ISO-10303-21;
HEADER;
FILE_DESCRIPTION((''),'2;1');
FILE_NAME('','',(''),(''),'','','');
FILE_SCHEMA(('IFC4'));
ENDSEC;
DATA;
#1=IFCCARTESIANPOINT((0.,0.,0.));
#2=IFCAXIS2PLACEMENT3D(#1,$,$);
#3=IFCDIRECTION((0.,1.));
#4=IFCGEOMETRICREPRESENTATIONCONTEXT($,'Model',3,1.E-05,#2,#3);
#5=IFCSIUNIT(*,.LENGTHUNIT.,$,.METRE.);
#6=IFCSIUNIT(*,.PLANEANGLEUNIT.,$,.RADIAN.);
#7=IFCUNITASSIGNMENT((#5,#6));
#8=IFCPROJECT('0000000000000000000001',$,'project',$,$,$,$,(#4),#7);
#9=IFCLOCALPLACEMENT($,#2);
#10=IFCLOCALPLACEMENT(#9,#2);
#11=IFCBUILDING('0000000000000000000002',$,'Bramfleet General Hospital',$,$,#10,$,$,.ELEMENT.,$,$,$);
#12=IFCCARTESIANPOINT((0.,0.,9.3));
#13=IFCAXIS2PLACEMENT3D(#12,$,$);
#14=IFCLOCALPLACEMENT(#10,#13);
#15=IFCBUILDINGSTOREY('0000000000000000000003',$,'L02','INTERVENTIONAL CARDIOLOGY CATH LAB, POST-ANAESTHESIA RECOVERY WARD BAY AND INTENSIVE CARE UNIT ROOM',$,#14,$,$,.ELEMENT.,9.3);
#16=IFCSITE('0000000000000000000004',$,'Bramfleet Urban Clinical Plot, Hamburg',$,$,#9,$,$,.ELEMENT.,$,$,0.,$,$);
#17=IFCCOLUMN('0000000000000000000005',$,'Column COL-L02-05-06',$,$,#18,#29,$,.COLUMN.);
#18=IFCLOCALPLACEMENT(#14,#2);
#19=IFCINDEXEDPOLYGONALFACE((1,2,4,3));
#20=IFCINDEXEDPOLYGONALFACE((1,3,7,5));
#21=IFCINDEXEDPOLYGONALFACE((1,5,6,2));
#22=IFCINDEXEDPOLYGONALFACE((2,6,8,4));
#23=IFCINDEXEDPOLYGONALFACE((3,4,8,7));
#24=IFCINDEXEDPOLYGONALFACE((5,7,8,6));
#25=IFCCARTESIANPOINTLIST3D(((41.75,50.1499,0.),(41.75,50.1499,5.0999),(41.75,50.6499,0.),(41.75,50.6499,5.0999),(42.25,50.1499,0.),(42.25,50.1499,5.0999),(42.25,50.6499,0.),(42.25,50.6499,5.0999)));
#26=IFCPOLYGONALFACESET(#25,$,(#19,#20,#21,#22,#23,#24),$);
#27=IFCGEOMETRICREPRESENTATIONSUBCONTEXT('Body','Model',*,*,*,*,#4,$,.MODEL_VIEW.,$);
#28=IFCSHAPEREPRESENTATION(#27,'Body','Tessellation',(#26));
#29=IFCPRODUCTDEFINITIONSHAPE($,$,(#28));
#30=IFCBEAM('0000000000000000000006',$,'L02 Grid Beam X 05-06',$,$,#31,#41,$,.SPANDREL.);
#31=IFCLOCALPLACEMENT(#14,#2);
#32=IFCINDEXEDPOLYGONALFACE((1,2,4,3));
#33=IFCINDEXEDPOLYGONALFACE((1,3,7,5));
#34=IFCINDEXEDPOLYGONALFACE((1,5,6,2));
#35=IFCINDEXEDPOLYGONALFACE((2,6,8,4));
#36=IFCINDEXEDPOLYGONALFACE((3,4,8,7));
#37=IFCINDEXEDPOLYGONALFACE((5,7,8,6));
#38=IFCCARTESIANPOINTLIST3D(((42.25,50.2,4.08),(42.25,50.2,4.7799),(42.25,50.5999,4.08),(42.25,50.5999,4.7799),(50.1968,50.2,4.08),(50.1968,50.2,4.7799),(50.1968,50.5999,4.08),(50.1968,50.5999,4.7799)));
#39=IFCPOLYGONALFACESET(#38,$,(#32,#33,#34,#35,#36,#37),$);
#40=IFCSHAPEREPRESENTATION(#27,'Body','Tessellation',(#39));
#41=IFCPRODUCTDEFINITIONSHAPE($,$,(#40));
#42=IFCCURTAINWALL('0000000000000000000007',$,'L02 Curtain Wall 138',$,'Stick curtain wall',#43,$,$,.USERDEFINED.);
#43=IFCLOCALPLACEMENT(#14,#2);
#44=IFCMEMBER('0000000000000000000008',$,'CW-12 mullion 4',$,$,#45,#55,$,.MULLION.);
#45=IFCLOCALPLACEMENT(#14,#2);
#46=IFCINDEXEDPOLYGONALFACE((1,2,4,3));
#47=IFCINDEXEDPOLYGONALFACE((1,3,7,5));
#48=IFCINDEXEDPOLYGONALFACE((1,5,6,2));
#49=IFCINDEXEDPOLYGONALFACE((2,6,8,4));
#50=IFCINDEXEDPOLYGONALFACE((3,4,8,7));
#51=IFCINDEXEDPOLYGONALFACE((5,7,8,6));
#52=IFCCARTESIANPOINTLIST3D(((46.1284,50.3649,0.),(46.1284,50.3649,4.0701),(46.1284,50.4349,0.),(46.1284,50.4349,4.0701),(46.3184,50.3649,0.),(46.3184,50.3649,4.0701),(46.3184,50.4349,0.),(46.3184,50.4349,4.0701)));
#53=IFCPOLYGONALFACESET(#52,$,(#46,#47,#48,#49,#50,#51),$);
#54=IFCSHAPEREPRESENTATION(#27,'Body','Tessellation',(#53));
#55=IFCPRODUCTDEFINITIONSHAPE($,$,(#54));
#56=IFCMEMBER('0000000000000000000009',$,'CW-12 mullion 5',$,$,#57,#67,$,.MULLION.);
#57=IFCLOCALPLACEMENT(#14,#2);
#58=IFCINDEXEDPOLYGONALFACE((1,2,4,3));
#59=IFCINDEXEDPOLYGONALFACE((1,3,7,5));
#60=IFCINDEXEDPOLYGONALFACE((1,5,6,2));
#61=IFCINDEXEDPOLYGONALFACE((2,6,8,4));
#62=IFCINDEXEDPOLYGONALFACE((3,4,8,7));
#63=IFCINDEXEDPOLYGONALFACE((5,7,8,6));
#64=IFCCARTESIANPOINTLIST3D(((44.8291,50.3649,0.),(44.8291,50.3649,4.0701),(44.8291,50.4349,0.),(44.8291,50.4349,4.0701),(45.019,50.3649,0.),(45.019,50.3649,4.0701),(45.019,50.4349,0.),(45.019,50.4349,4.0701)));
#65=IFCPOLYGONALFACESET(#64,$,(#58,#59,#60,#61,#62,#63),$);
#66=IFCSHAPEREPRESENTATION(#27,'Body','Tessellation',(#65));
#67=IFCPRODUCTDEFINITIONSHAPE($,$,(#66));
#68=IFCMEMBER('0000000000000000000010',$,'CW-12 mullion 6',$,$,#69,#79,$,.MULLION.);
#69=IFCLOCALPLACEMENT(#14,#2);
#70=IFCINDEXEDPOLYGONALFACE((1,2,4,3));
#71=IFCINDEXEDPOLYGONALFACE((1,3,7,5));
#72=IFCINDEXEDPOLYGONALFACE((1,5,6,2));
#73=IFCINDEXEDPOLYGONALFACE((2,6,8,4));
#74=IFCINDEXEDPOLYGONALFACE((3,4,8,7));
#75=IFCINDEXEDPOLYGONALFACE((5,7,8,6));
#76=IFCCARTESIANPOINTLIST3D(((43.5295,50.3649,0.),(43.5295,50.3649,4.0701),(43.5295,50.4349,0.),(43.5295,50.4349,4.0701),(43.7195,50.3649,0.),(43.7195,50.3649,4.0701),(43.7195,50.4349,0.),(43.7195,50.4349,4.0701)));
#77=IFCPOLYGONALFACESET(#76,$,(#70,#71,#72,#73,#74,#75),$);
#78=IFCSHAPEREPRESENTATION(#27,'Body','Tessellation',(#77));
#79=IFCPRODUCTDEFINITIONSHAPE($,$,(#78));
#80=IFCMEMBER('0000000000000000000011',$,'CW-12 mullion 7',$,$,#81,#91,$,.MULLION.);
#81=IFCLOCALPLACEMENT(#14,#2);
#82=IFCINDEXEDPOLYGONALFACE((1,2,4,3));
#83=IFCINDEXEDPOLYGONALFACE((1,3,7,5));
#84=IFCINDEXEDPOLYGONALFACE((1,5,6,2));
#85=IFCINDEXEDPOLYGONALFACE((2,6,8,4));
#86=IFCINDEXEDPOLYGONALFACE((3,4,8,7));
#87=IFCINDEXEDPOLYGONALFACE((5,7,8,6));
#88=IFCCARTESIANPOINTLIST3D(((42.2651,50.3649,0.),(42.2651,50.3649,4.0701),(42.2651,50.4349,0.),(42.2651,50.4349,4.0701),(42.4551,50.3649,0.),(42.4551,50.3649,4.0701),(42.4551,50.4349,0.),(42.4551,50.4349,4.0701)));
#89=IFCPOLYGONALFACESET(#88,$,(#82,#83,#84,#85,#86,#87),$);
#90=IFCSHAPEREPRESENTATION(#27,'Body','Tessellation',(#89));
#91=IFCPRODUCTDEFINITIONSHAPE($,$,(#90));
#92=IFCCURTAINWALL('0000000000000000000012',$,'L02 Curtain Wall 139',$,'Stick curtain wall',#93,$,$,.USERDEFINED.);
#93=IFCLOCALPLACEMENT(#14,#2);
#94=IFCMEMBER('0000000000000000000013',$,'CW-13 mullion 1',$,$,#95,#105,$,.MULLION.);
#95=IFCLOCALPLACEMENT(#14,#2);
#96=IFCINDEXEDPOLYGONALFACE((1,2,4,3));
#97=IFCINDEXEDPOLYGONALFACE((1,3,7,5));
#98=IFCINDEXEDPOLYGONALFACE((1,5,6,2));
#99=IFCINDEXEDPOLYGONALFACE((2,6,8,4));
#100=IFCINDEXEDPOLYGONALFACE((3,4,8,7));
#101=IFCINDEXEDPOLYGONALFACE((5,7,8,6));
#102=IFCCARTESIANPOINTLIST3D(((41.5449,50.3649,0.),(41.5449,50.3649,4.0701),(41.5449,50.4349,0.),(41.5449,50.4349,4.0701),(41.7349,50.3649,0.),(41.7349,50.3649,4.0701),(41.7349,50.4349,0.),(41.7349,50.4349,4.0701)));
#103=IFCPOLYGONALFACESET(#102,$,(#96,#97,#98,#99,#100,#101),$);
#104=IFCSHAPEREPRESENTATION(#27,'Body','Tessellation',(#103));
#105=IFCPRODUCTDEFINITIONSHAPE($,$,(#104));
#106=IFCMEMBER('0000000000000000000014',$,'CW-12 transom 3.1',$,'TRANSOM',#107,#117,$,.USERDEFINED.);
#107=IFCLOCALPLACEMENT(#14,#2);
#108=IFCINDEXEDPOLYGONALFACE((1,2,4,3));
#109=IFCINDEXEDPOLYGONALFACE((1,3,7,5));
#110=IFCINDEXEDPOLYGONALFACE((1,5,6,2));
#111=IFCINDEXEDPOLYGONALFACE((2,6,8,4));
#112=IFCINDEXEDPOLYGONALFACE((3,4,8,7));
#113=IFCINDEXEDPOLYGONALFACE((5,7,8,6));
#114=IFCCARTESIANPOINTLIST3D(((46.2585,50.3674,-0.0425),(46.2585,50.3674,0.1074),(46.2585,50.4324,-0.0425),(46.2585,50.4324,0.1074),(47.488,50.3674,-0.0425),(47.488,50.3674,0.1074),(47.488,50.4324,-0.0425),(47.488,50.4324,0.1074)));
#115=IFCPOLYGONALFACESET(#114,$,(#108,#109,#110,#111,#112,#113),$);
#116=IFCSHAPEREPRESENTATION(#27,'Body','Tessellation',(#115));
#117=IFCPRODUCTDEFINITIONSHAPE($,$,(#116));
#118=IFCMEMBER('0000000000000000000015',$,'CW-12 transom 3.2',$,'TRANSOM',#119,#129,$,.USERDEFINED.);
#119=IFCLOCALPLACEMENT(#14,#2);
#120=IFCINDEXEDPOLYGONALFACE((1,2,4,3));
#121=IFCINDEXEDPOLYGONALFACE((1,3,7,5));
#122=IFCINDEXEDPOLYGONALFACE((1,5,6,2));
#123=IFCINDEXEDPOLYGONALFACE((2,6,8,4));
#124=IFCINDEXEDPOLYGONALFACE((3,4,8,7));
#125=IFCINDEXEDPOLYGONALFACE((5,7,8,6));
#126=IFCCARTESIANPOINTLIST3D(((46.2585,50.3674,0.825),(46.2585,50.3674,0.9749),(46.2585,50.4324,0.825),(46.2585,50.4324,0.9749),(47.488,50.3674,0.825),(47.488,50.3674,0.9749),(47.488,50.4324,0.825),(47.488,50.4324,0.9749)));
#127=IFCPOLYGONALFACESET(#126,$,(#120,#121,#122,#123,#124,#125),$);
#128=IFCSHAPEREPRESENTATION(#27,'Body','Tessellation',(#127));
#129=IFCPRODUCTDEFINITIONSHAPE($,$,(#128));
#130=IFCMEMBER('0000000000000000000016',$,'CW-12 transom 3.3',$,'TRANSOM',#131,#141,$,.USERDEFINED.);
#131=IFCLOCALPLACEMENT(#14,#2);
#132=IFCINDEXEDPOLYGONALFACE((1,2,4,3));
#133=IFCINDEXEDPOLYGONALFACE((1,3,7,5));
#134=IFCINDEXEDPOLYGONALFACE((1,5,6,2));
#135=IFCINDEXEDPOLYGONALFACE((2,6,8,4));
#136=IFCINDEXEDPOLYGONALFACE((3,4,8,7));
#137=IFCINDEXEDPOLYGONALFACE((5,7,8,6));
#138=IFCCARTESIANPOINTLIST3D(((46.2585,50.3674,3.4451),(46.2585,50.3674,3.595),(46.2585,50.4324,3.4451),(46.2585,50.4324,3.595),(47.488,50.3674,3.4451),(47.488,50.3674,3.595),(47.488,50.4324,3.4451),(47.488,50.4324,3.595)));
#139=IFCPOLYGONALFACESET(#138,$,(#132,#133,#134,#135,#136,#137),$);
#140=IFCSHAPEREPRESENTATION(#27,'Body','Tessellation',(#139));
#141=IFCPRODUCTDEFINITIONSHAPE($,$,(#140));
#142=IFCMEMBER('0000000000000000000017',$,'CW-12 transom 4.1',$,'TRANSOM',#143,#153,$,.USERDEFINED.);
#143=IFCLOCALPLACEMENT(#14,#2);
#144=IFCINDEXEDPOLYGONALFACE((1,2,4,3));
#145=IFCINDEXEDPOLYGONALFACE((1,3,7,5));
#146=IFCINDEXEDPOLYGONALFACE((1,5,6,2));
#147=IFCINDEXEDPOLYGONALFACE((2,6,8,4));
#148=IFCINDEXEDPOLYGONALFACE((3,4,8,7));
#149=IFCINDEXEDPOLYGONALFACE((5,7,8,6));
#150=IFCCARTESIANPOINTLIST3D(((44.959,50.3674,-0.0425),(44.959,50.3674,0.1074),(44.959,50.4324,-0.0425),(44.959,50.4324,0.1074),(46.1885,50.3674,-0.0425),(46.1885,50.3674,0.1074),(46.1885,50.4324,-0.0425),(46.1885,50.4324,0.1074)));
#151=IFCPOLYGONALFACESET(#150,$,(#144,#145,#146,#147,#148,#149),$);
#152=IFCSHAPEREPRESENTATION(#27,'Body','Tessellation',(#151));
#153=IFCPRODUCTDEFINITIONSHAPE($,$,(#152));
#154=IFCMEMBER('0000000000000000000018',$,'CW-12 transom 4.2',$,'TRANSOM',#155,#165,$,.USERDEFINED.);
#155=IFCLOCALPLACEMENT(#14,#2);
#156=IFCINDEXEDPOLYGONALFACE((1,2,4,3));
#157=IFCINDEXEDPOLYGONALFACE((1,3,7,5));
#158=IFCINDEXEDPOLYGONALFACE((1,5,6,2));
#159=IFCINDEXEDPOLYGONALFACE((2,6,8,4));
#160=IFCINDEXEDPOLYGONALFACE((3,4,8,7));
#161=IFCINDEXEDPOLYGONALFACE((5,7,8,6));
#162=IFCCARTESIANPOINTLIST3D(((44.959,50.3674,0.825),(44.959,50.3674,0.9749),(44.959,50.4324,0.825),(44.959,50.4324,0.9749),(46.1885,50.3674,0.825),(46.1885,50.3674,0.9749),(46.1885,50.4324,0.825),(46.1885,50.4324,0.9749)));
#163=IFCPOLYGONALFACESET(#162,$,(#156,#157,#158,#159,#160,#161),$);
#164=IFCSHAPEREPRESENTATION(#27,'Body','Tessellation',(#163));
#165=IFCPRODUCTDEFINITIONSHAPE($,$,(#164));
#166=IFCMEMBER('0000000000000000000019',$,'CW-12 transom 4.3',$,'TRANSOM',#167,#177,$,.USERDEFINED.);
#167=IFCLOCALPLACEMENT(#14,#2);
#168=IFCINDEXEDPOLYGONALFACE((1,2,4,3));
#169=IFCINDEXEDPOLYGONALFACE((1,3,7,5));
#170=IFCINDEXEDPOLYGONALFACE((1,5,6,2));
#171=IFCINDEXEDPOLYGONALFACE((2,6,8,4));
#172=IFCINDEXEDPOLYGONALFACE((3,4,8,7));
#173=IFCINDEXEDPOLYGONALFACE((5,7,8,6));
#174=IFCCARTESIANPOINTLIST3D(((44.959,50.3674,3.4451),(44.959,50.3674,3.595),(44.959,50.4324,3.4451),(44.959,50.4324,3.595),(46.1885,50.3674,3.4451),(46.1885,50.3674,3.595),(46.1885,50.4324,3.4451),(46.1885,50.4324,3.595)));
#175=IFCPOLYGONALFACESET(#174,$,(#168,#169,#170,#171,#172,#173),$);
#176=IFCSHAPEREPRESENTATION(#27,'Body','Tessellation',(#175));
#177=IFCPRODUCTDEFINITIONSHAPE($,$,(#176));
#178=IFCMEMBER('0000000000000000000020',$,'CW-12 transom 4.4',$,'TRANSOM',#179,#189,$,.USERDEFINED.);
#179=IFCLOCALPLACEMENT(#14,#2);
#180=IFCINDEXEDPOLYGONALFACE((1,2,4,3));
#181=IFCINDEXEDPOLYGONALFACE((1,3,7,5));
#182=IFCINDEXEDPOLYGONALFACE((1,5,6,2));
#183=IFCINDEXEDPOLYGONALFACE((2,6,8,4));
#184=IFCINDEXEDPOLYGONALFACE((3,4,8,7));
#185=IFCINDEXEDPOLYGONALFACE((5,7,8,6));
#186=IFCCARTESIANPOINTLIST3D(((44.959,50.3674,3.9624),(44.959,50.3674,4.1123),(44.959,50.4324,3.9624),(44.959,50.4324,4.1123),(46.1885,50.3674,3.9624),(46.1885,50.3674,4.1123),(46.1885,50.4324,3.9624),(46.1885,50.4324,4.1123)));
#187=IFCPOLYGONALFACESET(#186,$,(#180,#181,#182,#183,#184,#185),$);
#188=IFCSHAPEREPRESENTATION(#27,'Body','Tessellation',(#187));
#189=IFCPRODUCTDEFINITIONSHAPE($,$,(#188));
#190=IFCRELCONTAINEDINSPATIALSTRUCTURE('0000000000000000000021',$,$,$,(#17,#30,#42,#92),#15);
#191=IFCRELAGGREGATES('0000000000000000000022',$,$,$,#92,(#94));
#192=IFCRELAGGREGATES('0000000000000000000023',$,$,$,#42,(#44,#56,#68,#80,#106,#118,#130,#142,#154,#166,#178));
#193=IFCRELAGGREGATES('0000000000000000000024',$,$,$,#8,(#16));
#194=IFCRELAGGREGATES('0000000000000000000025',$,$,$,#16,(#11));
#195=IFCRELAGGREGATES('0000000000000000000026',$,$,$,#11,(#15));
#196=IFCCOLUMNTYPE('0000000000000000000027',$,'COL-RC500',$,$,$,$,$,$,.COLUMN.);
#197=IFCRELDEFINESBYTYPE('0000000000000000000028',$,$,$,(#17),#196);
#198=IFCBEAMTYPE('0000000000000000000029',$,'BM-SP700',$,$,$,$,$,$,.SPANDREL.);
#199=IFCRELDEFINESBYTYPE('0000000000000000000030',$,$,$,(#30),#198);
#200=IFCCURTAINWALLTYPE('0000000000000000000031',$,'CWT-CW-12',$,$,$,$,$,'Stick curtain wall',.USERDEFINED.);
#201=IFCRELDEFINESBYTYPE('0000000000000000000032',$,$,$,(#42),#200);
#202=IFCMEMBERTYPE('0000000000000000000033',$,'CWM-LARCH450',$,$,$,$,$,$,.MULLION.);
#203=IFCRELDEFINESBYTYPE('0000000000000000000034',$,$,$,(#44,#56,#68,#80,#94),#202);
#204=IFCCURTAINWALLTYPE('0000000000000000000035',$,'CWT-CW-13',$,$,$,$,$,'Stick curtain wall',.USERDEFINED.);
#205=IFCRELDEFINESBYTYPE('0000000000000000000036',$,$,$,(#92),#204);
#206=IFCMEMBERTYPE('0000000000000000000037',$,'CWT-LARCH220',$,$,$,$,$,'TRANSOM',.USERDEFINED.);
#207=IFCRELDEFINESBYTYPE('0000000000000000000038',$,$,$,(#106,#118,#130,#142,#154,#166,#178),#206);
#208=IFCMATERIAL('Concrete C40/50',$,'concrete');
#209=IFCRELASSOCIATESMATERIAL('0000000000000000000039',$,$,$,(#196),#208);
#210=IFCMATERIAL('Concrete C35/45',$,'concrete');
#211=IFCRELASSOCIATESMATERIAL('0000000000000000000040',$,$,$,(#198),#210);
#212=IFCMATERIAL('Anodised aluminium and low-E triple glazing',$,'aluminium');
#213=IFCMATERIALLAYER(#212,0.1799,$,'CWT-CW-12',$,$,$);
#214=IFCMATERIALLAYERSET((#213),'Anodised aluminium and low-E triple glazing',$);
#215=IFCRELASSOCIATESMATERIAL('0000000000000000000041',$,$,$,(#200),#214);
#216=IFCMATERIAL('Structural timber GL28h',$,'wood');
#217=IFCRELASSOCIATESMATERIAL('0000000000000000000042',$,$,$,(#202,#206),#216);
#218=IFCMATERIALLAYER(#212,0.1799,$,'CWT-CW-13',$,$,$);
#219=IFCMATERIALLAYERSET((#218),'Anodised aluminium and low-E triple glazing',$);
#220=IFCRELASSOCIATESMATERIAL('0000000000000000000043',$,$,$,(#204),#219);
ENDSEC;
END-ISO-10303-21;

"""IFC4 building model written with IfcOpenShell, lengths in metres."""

from ifc_helpers import new_model, si_unit, direction, frame, origin, origin_2d, place, context, subcontext, project, spatial, rectangle, extrude, material, layer, layer_set, material_profile, profile_set, type_object, element, aggregate, save


model = new_model("IFC4")

# Units and contexts
model_context = context("Model", 3, precision=1e-05, world=origin(), true_north=direction((0.0, 1.0)))
body_context = subcontext(model_context, "Body", "Model", "MODEL_VIEW")
ifc_project = project(units=[si_unit("LENGTHUNIT", "METRE"), si_unit("PLANEANGLEUNIT", "RADIAN")], contexts=[model_context])

# Site, building, storey
site_placement = place(None, origin())
site = spatial("IfcSite", under=ifc_project, at=site_placement, Name="Bramfleet Urban Clinical Plot, Hamburg", CompositionType="ELEMENT", RefElevation=0.0)
building_placement = place(site_placement, origin())
building = spatial("IfcBuilding", under=site, at=building_placement, Name="Bramfleet General Hospital", CompositionType="ELEMENT")
storey_placement = place(building_placement, frame((0.0, 0.0, 9.3)))
storey = spatial("IfcBuildingStorey", under=building, at=storey_placement, Name="L02", Description="INTERVENTIONAL CARDIOLOGY CATH LAB, POST-ANAESTHESIA RECOVERY WARD BAY AND INTENSIVE CARE UNIT ROOM", CompositionType="ELEMENT", Elevation=9.3)

# Column
ifc_material_1 = material(Name="Concrete C40/50", Category="concrete")
ifc_material_profile_1 = material_profile(ifc_material_1, rectangle(XDim=0.5, YDim=0.5, at=origin_2d()), Name="RC COL 500x500")
ifc_profile_set_1 = profile_set([ifc_material_profile_1], Name="Concrete C40/50")
column_type = type_object("IfcColumnType", Name="COL-RC500", PredefinedType="COLUMN", material=ifc_profile_set_1)
column_placement = place(storey_placement, frame((42.0, 50.3999, 0.0), z_axis=(0.0, 0.0, 1.0), x_axis=(1.0, 0.0, 0.0)))
element("IfcColumn", 1, at=column_placement, inside=storey, type_object=column_type, Name="Column COL-L02-05-06", PredefinedType="COLUMN", context=body_context, shape_type="SweptSolid", body=[
    extrude(rectangle(XDim=0.5, YDim=0.5, at=origin_2d()), origin(), (0.0, 0.0, 1.0), 5.0999),
])

# Beam
ifc_material_2 = material(Name="Concrete C35/45", Category="concrete")
ifc_material_profile_2 = material_profile(ifc_material_2, rectangle(XDim=0.3999, YDim=0.7, at=origin_2d()), Name="RC SP 700x400")
ifc_profile_set_2 = profile_set([ifc_material_profile_2], Name="Concrete C35/45")
beam_type = type_object("IfcBeamType", Name="BM-SP700", PredefinedType="SPANDREL", material=ifc_profile_set_2)
beam_placement = place(storey_placement, frame((42.25, 50.3999, 4.4299), z_axis=(1.0, 0.0, 0.0), x_axis=(0.0, 1.0, 0.0)))
element("IfcBeam", 2, at=beam_placement, inside=storey, type_object=beam_type, Name="L02 Grid Beam X 05-06", PredefinedType="SPANDREL", context=body_context, shape_type="SweptSolid", body=[
    extrude(rectangle(XDim=0.3999, YDim=0.7, at=origin_2d()), origin(), (0.0, 0.0, 1.0), 7.9468),
])

# Curtain wall, members
ifc_material_3 = material(Name="Anodised aluminium and low-E triple glazing", Category="aluminium")
ifc_layer_1 = layer(ifc_material_3, 0.1799, Name="CWT-CW-12")
ifc_layer_set_1 = layer_set([ifc_layer_1], Name="Anodised aluminium and low-E triple glazing")
curtain_wall_type_1 = type_object("IfcCurtainWallType", Name="CWT-CW-12", ElementType="Stick curtain wall", PredefinedType="USERDEFINED", material=ifc_layer_set_1)
curtain_wall_1_placement = place(storey_placement, origin())
curtain_wall_1 = element("IfcCurtainWall", 3, at=curtain_wall_1_placement, inside=storey, type_object=curtain_wall_type_1, Name="L02 Curtain Wall 138", ObjectType="Stick curtain wall", PredefinedType="USERDEFINED")
ifc_material_4 = material(Name="Structural timber GL28h", Category="wood")
ifc_material_profile_3 = material_profile(ifc_material_4, rectangle(XDim=0.0701, YDim=0.1899, at=origin_2d()), Name="LARCH 190x70")
ifc_profile_set_3 = profile_set([ifc_material_profile_3], Name="Structural timber GL28h")
member_type_1 = type_object("IfcMemberType", Name="CWM-LARCH450", PredefinedType="MULLION", material=ifc_profile_set_3)
member_1_placement = place(storey_placement, frame((46.2234, 50.3999, 0.0), z_axis=(0.0, 0.0, 1.0), x_axis=(0.0, -1.0, 0.0)))
member_1 = element("IfcMember", 4, at=member_1_placement, type_object=member_type_1, Name="CW-12 mullion 4", PredefinedType="MULLION", context=body_context, shape_type="SweptSolid", body=[
    extrude(rectangle(XDim=0.0701, YDim=0.1899, at=origin_2d()), origin(), (0.0, 0.0, 1.0), 4.0701),
])
member_2_placement = place(storey_placement, frame((44.9241, 50.3999, 0.0), z_axis=(0.0, 0.0, 1.0), x_axis=(0.0, -1.0, 0.0)))
member_2 = element("IfcMember", 5, at=member_2_placement, type_object=member_type_1, Name="CW-12 mullion 5", PredefinedType="MULLION", context=body_context, shape_type="SweptSolid", body=[
    extrude(rectangle(XDim=0.0701, YDim=0.1899, at=origin_2d()), origin(), (0.0, 0.0, 1.0), 4.0701),
])
member_3_placement = place(storey_placement, frame((43.6245, 50.3999, 0.0), z_axis=(0.0, 0.0, 1.0), x_axis=(0.0, -1.0, 0.0)))
member_3 = element("IfcMember", 6, at=member_3_placement, type_object=member_type_1, Name="CW-12 mullion 6", PredefinedType="MULLION", context=body_context, shape_type="SweptSolid", body=[
    extrude(rectangle(XDim=0.0701, YDim=0.1899, at=origin_2d()), origin(), (0.0, 0.0, 1.0), 4.0701),
])
member_4_placement = place(storey_placement, frame((42.3601, 50.3999, 0.0), z_axis=(0.0, 0.0, 1.0), x_axis=(0.0, -1.0, 0.0)))
member_4 = element("IfcMember", 7, at=member_4_placement, type_object=member_type_1, Name="CW-12 mullion 7", PredefinedType="MULLION", context=body_context, shape_type="SweptSolid", body=[
    extrude(rectangle(XDim=0.0701, YDim=0.1899, at=origin_2d()), origin(), (0.0, 0.0, 1.0), 4.0701),
])

# Curtain wall, member
ifc_layer_2 = layer(ifc_material_3, 0.1799, Name="CWT-CW-13")
ifc_layer_set_2 = layer_set([ifc_layer_2], Name="Anodised aluminium and low-E triple glazing")
curtain_wall_type_2 = type_object("IfcCurtainWallType", Name="CWT-CW-13", ElementType="Stick curtain wall", PredefinedType="USERDEFINED", material=ifc_layer_set_2)
curtain_wall_2_placement = place(storey_placement, origin())
curtain_wall_2 = element("IfcCurtainWall", 8, at=curtain_wall_2_placement, inside=storey, type_object=curtain_wall_type_2, Name="L02 Curtain Wall 139", ObjectType="Stick curtain wall", PredefinedType="USERDEFINED")
member_5_placement = place(storey_placement, frame((41.6399, 50.3999, 0.0), z_axis=(0.0, 0.0, 1.0), x_axis=(0.0, -1.0, 0.0)))
member_5 = element("IfcMember", 9, at=member_5_placement, type_object=member_type_1, Name="CW-13 mullion 1", PredefinedType="MULLION", context=body_context, shape_type="SweptSolid", body=[
    extrude(rectangle(XDim=0.0701, YDim=0.1899, at=origin_2d()), origin(), (0.0, 0.0, 1.0), 4.0701),
])
aggregate(curtain_wall_2, [member_5])

# Members
ifc_material_profile_4 = material_profile(ifc_material_4, rectangle(XDim=0.0649, YDim=0.1499, at=origin_2d()), Name="LARCH 150x65")
ifc_profile_set_4 = profile_set([ifc_material_profile_4], Name="Structural timber GL28h")
member_type_2 = type_object("IfcMemberType", Name="CWT-LARCH220", ElementType="TRANSOM", PredefinedType="USERDEFINED", material=ifc_profile_set_4)
member_6_placement = place(storey_placement, frame((47.488, 50.3999, 0.0325), z_axis=(-1.0, 0.0, 0.0), x_axis=(0.0, -1.0, 0.0)))
member_6 = element("IfcMember", 10, at=member_6_placement, type_object=member_type_2, Name="CW-12 transom 3.1", ObjectType="TRANSOM", PredefinedType="USERDEFINED", context=body_context, shape_type="SweptSolid", body=[
    extrude(rectangle(XDim=0.0649, YDim=0.1499, at=origin_2d()), origin(), (0.0, 0.0, 1.0), 1.2295),
])
member_7_placement = place(storey_placement, frame((47.488, 50.3999, 0.8999), z_axis=(-1.0, 0.0, 0.0), x_axis=(0.0, -1.0, 0.0)))
member_7 = element("IfcMember", 11, at=member_7_placement, type_object=member_type_2, Name="CW-12 transom 3.2", ObjectType="TRANSOM", PredefinedType="USERDEFINED", context=body_context, shape_type="SweptSolid", body=[
    extrude(rectangle(XDim=0.0649, YDim=0.1499, at=origin_2d()), origin(), (0.0, 0.0, 1.0), 1.2295),
])
member_8_placement = place(storey_placement, frame((47.488, 50.3999, 3.52), z_axis=(-1.0, 0.0, 0.0), x_axis=(0.0, -1.0, 0.0)))
member_8 = element("IfcMember", 12, at=member_8_placement, type_object=member_type_2, Name="CW-12 transom 3.3", ObjectType="TRANSOM", PredefinedType="USERDEFINED", context=body_context, shape_type="SweptSolid", body=[
    extrude(rectangle(XDim=0.0649, YDim=0.1499, at=origin_2d()), origin(), (0.0, 0.0, 1.0), 1.2295),
])
member_9_placement = place(storey_placement, frame((46.1885, 50.3999, 0.0325), z_axis=(-1.0, 0.0, 0.0), x_axis=(0.0, -1.0, 0.0)))
member_9 = element("IfcMember", 13, at=member_9_placement, type_object=member_type_2, Name="CW-12 transom 4.1", ObjectType="TRANSOM", PredefinedType="USERDEFINED", context=body_context, shape_type="SweptSolid", body=[
    extrude(rectangle(XDim=0.0649, YDim=0.1499, at=origin_2d()), origin(), (0.0, 0.0, 1.0), 1.2295),
])
member_10_placement = place(storey_placement, frame((46.1885, 50.3999, 0.8999), z_axis=(-1.0, 0.0, 0.0), x_axis=(0.0, -1.0, 0.0)))
member_10 = element("IfcMember", 14, at=member_10_placement, type_object=member_type_2, Name="CW-12 transom 4.2", ObjectType="TRANSOM", PredefinedType="USERDEFINED", context=body_context, shape_type="SweptSolid", body=[
    extrude(rectangle(XDim=0.0649, YDim=0.1499, at=origin_2d()), origin(), (0.0, 0.0, 1.0), 1.2295),
])
member_11_placement = place(storey_placement, frame((46.1885, 50.3999, 3.52), z_axis=(-1.0, 0.0, 0.0), x_axis=(0.0, -1.0, 0.0)))
member_11 = element("IfcMember", 15, at=member_11_placement, type_object=member_type_2, Name="CW-12 transom 4.3", ObjectType="TRANSOM", PredefinedType="USERDEFINED", context=body_context, shape_type="SweptSolid", body=[
    extrude(rectangle(XDim=0.0649, YDim=0.1499, at=origin_2d()), origin(), (0.0, 0.0, 1.0), 1.2295),
])
member_12_placement = place(storey_placement, frame((46.1885, 50.3999, 4.0374), z_axis=(-1.0, 0.0, 0.0), x_axis=(0.0, -1.0, 0.0)))
member_12 = element("IfcMember", 16, at=member_12_placement, type_object=member_type_2, Name="CW-12 transom 4.4", ObjectType="TRANSOM", PredefinedType="USERDEFINED", context=body_context, shape_type="SweptSolid", body=[
    extrude(rectangle(XDim=0.0649, YDim=0.1499, at=origin_2d()), origin(), (0.0, 0.0, 1.0), 1.2295),
])

aggregate(curtain_wall_1, [member_1, member_2, member_3, member_4, member_6, member_7, member_8, member_9, member_10, member_11, member_12])

save(model, "model.ifc")
